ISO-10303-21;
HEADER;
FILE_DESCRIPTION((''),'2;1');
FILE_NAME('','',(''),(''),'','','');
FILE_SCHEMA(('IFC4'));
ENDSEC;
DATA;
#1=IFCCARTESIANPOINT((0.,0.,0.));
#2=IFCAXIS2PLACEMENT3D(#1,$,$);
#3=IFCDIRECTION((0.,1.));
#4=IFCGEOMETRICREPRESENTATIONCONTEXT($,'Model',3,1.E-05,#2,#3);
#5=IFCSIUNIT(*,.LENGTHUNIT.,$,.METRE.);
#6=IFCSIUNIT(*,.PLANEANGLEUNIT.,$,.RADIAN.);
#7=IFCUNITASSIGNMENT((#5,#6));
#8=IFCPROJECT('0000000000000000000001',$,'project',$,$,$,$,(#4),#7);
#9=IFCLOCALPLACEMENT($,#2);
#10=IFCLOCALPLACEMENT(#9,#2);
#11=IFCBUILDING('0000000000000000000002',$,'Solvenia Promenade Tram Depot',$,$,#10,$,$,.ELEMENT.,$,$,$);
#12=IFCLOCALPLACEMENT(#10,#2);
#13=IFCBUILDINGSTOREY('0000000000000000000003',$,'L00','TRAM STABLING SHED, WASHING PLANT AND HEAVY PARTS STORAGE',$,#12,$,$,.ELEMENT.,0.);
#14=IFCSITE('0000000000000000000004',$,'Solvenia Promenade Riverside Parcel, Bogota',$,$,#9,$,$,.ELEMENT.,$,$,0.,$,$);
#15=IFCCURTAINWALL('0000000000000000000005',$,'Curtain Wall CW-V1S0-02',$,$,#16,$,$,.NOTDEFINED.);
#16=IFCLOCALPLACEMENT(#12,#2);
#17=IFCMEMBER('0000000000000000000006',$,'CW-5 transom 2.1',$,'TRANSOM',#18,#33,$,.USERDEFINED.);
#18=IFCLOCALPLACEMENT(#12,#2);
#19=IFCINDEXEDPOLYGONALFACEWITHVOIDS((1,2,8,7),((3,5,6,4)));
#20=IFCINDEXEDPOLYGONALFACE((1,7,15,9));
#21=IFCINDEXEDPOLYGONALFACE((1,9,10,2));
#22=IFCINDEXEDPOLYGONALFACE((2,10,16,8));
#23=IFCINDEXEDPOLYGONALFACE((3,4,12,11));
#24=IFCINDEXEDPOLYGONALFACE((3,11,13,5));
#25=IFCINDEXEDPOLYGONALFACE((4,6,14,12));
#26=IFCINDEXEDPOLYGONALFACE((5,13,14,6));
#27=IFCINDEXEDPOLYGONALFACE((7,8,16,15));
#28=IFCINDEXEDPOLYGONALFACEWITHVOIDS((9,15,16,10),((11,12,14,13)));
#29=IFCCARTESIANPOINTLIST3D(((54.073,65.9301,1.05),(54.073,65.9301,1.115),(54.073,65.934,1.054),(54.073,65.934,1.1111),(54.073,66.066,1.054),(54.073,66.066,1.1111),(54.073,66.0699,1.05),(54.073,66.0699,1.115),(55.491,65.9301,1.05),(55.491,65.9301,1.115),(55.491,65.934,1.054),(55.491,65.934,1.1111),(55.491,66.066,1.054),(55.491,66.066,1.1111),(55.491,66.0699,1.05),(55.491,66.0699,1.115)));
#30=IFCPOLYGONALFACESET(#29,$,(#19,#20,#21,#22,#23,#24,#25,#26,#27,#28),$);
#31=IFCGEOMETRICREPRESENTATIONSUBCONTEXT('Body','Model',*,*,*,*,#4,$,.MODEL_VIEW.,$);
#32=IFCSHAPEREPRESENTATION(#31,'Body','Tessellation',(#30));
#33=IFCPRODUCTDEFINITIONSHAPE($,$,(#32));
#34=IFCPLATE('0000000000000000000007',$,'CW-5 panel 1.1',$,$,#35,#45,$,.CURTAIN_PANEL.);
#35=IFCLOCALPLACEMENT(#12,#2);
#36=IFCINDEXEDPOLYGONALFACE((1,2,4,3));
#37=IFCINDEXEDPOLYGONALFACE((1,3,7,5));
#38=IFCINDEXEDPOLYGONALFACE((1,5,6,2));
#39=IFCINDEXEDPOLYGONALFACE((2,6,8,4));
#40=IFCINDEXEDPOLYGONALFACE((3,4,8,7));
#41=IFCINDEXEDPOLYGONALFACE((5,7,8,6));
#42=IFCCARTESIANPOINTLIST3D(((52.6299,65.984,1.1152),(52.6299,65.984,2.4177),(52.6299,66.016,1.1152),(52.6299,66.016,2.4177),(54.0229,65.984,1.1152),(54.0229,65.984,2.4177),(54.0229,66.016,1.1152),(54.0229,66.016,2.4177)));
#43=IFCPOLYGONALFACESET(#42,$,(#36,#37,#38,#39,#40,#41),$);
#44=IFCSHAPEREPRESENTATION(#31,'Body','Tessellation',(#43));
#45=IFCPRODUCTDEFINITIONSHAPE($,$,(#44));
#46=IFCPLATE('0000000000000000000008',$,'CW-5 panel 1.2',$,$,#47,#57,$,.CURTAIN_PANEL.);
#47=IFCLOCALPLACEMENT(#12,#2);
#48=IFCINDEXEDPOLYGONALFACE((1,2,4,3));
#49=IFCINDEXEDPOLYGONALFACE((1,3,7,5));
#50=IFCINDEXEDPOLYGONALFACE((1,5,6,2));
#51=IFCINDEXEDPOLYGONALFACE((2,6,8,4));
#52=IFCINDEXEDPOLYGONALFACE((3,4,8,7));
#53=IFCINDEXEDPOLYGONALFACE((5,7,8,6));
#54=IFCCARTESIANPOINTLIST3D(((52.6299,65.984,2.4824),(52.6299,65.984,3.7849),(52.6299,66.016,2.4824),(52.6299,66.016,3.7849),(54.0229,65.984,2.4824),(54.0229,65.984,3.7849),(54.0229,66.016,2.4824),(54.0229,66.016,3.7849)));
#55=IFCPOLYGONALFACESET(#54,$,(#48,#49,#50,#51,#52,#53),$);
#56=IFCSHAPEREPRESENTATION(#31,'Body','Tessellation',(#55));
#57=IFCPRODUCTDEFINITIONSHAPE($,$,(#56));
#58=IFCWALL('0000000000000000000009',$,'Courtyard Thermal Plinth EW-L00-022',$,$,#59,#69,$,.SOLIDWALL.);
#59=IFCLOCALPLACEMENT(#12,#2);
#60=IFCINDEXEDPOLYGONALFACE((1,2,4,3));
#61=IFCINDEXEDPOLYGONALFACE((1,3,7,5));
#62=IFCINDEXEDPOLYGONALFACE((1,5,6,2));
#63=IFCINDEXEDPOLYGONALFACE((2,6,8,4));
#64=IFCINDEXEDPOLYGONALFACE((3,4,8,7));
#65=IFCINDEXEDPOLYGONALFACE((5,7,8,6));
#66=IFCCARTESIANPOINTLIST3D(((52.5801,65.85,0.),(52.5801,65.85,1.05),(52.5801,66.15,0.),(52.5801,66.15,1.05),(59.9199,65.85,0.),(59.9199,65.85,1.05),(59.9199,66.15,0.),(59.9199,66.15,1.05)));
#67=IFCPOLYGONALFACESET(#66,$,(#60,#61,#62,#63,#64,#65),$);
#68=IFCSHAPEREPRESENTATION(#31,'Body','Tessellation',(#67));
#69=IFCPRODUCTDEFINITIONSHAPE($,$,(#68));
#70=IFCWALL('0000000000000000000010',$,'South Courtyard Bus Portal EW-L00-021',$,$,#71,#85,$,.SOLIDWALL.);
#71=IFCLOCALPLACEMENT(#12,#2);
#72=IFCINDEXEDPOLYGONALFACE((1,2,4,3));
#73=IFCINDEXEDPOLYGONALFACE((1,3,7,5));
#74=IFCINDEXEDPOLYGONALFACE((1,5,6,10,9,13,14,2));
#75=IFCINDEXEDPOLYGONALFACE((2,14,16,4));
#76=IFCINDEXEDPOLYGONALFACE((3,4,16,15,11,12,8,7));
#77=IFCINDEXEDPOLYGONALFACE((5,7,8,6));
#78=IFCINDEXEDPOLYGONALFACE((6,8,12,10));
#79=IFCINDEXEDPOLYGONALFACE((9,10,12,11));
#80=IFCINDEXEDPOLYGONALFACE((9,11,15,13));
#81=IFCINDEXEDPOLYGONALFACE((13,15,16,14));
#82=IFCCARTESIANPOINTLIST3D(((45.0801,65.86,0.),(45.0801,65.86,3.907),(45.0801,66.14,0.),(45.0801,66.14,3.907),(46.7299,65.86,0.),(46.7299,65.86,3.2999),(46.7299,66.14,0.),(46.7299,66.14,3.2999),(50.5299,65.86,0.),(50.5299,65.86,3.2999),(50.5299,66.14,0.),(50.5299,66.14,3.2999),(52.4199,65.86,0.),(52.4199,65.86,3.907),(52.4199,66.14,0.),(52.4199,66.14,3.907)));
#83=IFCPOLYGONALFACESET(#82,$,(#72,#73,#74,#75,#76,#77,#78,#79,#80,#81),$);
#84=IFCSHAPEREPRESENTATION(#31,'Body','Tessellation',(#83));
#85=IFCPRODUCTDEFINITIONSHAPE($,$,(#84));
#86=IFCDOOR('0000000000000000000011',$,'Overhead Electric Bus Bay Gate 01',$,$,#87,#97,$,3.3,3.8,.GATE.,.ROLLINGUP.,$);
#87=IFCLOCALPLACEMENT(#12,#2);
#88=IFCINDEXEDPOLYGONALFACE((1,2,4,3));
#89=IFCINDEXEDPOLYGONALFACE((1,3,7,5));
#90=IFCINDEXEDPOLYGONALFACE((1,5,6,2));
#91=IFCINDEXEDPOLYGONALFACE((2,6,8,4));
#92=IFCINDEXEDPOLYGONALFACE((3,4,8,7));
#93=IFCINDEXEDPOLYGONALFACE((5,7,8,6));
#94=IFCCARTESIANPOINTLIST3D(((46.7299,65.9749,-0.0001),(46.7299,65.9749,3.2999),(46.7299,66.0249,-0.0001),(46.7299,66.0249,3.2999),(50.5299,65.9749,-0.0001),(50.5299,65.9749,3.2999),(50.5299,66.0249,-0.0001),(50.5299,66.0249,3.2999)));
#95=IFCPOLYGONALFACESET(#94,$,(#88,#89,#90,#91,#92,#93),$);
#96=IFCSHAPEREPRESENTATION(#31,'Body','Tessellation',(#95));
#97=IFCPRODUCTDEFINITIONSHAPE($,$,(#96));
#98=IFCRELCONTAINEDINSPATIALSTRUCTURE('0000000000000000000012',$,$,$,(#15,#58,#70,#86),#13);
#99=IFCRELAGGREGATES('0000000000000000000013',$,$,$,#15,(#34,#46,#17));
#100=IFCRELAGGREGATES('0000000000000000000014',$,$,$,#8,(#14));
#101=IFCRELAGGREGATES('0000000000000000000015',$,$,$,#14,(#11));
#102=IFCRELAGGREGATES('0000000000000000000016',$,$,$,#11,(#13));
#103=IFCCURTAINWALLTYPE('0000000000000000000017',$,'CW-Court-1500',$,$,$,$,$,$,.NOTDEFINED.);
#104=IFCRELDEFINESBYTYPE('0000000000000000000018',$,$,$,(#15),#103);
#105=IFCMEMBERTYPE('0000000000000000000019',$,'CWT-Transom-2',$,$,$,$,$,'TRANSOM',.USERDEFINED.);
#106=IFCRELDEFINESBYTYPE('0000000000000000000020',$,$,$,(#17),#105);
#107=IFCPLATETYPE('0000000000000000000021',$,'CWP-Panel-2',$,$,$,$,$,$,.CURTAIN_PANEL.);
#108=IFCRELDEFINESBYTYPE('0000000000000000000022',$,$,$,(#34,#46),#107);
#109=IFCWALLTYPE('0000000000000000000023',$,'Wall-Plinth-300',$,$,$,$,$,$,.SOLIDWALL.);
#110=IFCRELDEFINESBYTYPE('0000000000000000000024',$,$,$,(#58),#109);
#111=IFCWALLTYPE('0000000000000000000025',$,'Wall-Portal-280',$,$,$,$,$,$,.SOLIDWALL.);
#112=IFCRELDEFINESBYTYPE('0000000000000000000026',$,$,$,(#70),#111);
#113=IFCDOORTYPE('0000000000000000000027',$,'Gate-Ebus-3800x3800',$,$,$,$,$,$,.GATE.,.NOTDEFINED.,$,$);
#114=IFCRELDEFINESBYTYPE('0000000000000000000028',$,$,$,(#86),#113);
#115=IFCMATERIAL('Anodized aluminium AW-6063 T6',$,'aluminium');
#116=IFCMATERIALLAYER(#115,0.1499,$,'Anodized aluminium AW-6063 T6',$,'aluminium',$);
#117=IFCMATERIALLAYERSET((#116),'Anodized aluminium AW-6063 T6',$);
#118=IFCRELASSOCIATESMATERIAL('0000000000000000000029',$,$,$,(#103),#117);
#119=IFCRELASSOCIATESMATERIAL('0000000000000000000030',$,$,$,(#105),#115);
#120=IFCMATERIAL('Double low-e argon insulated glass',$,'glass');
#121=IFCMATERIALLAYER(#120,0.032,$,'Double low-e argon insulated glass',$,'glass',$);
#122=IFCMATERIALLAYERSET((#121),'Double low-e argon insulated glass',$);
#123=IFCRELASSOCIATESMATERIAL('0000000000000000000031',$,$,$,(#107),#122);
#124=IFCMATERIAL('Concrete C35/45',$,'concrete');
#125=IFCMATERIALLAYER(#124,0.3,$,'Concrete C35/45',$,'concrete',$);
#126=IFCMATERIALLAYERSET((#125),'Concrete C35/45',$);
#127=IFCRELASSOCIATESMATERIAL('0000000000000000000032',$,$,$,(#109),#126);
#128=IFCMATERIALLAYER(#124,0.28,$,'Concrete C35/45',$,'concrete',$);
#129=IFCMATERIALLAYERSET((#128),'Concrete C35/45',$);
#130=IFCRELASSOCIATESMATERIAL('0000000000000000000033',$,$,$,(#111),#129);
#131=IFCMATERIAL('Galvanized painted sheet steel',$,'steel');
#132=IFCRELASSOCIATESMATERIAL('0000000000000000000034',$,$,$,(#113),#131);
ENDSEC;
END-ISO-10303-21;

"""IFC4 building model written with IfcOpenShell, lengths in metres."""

from ifc_helpers import new_model, si_unit, direction, frame, frame_2d, origin, origin_2d, place, context, subcontext, project, spatial, rectangle, hollow_rectangle, extrude, material, layer, layer_set, material_profile, profile_set, type_object, element, fill, aggregate, save


model = new_model("IFC4")

# Units and contexts
model_context = context("Model", 3, precision=1e-05, world=origin(), true_north=direction((0.0, 1.0)))
body_context = subcontext(model_context, "Body", "Model", "MODEL_VIEW")
ifc_project = project(units=[si_unit("LENGTHUNIT", "METRE"), si_unit("PLANEANGLEUNIT", "RADIAN")], contexts=[model_context])

# Site, building, storey
site_placement = place(None, origin())
site = spatial("IfcSite", under=ifc_project, at=site_placement, Name="Solvenia Promenade Riverside Parcel, Bogota", CompositionType="ELEMENT", RefElevation=0.0)
building_placement = place(site_placement, origin())
building = spatial("IfcBuilding", under=site, at=building_placement, Name="Solvenia Promenade Tram Depot", CompositionType="ELEMENT")
storey_placement = place(building_placement, origin())
storey = spatial("IfcBuildingStorey", under=building, at=storey_placement, Name="L00", Description="TRAM STABLING SHED, WASHING PLANT AND HEAVY PARTS STORAGE", CompositionType="ELEMENT", Elevation=0.0)

# Curtain wall, member, plates
ifc_material_1 = material(Name="Anodized aluminium AW-6063 T6", Category="aluminium")
ifc_layer_1 = layer(ifc_material_1, 0.1499, Name="Anodized aluminium AW-6063 T6", Category="aluminium")
ifc_layer_set_1 = layer_set([ifc_layer_1], Name="Anodized aluminium AW-6063 T6")
curtain_wall_type = type_object("IfcCurtainWallType", Name="CW-Court-1500", PredefinedType="NOTDEFINED", material=ifc_layer_set_1)
curtain_wall_placement = place(storey_placement, origin())
curtain_wall = element("IfcCurtainWall", 1, at=curtain_wall_placement, inside=storey, type_object=curtain_wall_type, Name="Curtain Wall CW-V1S0-02", PredefinedType="NOTDEFINED")
ifc_material_profile_1 = material_profile(ifc_material_1, hollow_rectangle(XDim=0.1399, YDim=0.0649, WallThickness=0.0039, at=origin_2d()), Name="ALU-T2", Category="aluminium")
ifc_profile_set_1 = profile_set([ifc_material_profile_1], Name="Anodized aluminium AW-6063 T6")
member_type_1 = type_object("IfcMemberType", Name="CWT-Transom-2", ElementType="TRANSOM", PredefinedType="USERDEFINED", material=ifc_profile_set_1)
member_1_placement = place(storey_placement, frame((54.073, 66.0, 1.0825), z_axis=(1.0, 0.0, 0.0), x_axis=(0.0, 1.0, 0.0)))
member_1 = element("IfcMember", 2, at=member_1_placement, type_object=member_type_1, Name="CW-5 transom 2.1", ObjectType="TRANSOM", PredefinedType="USERDEFINED", context=body_context, shape_type="SweptSolid", body=[
    extrude(hollow_rectangle(XDim=0.1399, YDim=0.0649, WallThickness=0.0039, at=origin_2d()), origin(), (0.0, 0.0, 1.0), 1.418),
])
ifc_material_2 = material(Name="Double low-e argon insulated glass", Category="glass")
ifc_layer_2 = layer(ifc_material_2, 0.032, Name="Double low-e argon insulated glass", Category="glass")
ifc_layer_set_2 = layer_set([ifc_layer_2], Name="Double low-e argon insulated glass")
plate_type = type_object("IfcPlateType", Name="CWP-Panel-2", PredefinedType="CURTAIN_PANEL", material=ifc_layer_set_2)
plate_1_placement = place(storey_placement, frame((53.3264, 66.0, 1.1152), z_axis=(0.0, 0.0, 1.0), x_axis=(1.0, 0.0, 0.0)))
plate_1 = element("IfcPlate", 3, at=plate_1_placement, type_object=plate_type, Name="CW-5 panel 1.1", PredefinedType="CURTAIN_PANEL", context=body_context, shape_type="SweptSolid", body=[
    extrude(rectangle(XDim=1.3931, YDim=0.032, at=origin_2d()), origin(), (0.0, 0.0, 1.0), 1.3025),
])
plate_2_placement = place(storey_placement, frame((53.3264, 66.0, 2.4824), z_axis=(0.0, 0.0, 1.0), x_axis=(1.0, 0.0, 0.0)))
plate_2 = element("IfcPlate", 4, at=plate_2_placement, type_object=plate_type, Name="CW-5 panel 1.2", PredefinedType="CURTAIN_PANEL", context=body_context, shape_type="SweptSolid", body=[
    extrude(rectangle(XDim=1.3931, YDim=0.032, at=origin_2d()), origin(), (0.0, 0.0, 1.0), 1.3025),
])
aggregate(curtain_wall, [plate_1, plate_2, member_1])

# Wall
ifc_material_3 = material(Name="Concrete C35/45", Category="concrete")
ifc_layer_3 = layer(ifc_material_3, 0.3, Name="Concrete C35/45", Category="concrete")
ifc_layer_set_3 = layer_set([ifc_layer_3], Name="Concrete C35/45")
wall_type_1 = type_object("IfcWallType", Name="Wall-Plinth-300", PredefinedType="SOLIDWALL", material=ifc_layer_set_3)
wall_1_placement = place(storey_placement, frame((52.5801, 66.0, 0.0), z_axis=(0.0, 0.0, 1.0), x_axis=(1.0, 0.0, 0.0)))
element("IfcWall", 5, at=wall_1_placement, inside=storey, type_object=wall_type_1, Name="Courtyard Thermal Plinth EW-L00-022", PredefinedType="SOLIDWALL", context=body_context, shape_type="SweptSolid", body=[
    extrude(rectangle(XDim=7.3398, YDim=0.3, at=frame_2d((3.6699, 0.0))), origin(), (0.0, 0.0, 1.0), 1.05),
])

# Wall, opening, door
ifc_layer_4 = layer(ifc_material_3, 0.28, Name="Concrete C35/45", Category="concrete")
ifc_layer_set_4 = layer_set([ifc_layer_4], Name="Concrete C35/45")
wall_type_2 = type_object("IfcWallType", Name="Wall-Portal-280", PredefinedType="SOLIDWALL", material=ifc_layer_set_4)
wall_2_placement = place(storey_placement, frame((45.0801, 66.0, 0.0), z_axis=(0.0, 0.0, 1.0), x_axis=(1.0, 0.0, 0.0)))
wall_2 = element("IfcWall", 6, at=wall_2_placement, inside=storey, type_object=wall_type_2, Name="South Courtyard Bus Portal EW-L00-021", PredefinedType="SOLIDWALL", context=body_context, shape_type="SweptSolid", body=[
    extrude(rectangle(XDim=7.3398, YDim=0.28, at=frame_2d((3.6699, 0.0))), origin(), (0.0, 0.0, 1.0), 3.907),
])
opening_placement = place(wall_2_placement, frame((1.6499, 0.0, 0.0)))
opening = element("IfcOpeningElement", 7, at=opening_placement, cuts=wall_2, PredefinedType="OPENING", context=body_context, shape_type="SweptSolid", body=[
    extrude(rectangle(XDim=3.8, YDim=3.3, at=frame_2d((1.8999, 1.6499))), frame((0.0, 0.1499, 0.0), z_axis=(0.0, -1.0, 0.0), x_axis=(1.0, 0.0, 0.0)), (0.0, 0.0, 1.0), 0.3),
])
ifc_material_4 = material(Name="Galvanized painted sheet steel", Category="steel")
door_type = type_object("IfcDoorType", Name="Gate-Ebus-3800x3800", OperationType="NOTDEFINED", PredefinedType="GATE", material=ifc_material_4)
door_placement = place(opening_placement, origin())
door = element("IfcDoor", 8, at=door_placement, inside=storey, type_object=door_type, Name="Overhead Electric Bus Bay Gate 01", OperationType="ROLLINGUP", OverallHeight=3.3, OverallWidth=3.8, PredefinedType="GATE", context=body_context, shape_type="SweptSolid", body=[
    extrude(rectangle(XDim=3.8, YDim=3.3, at=frame_2d((1.8999, 1.6499))), frame((0.0, 0.0249, 0.0), z_axis=(0.0, -1.0, 0.0), x_axis=(1.0, 0.0, 0.0)), (0.0, 0.0, 1.0), 0.05),
])
fill(opening, door)

save(model, "model.ifc")
